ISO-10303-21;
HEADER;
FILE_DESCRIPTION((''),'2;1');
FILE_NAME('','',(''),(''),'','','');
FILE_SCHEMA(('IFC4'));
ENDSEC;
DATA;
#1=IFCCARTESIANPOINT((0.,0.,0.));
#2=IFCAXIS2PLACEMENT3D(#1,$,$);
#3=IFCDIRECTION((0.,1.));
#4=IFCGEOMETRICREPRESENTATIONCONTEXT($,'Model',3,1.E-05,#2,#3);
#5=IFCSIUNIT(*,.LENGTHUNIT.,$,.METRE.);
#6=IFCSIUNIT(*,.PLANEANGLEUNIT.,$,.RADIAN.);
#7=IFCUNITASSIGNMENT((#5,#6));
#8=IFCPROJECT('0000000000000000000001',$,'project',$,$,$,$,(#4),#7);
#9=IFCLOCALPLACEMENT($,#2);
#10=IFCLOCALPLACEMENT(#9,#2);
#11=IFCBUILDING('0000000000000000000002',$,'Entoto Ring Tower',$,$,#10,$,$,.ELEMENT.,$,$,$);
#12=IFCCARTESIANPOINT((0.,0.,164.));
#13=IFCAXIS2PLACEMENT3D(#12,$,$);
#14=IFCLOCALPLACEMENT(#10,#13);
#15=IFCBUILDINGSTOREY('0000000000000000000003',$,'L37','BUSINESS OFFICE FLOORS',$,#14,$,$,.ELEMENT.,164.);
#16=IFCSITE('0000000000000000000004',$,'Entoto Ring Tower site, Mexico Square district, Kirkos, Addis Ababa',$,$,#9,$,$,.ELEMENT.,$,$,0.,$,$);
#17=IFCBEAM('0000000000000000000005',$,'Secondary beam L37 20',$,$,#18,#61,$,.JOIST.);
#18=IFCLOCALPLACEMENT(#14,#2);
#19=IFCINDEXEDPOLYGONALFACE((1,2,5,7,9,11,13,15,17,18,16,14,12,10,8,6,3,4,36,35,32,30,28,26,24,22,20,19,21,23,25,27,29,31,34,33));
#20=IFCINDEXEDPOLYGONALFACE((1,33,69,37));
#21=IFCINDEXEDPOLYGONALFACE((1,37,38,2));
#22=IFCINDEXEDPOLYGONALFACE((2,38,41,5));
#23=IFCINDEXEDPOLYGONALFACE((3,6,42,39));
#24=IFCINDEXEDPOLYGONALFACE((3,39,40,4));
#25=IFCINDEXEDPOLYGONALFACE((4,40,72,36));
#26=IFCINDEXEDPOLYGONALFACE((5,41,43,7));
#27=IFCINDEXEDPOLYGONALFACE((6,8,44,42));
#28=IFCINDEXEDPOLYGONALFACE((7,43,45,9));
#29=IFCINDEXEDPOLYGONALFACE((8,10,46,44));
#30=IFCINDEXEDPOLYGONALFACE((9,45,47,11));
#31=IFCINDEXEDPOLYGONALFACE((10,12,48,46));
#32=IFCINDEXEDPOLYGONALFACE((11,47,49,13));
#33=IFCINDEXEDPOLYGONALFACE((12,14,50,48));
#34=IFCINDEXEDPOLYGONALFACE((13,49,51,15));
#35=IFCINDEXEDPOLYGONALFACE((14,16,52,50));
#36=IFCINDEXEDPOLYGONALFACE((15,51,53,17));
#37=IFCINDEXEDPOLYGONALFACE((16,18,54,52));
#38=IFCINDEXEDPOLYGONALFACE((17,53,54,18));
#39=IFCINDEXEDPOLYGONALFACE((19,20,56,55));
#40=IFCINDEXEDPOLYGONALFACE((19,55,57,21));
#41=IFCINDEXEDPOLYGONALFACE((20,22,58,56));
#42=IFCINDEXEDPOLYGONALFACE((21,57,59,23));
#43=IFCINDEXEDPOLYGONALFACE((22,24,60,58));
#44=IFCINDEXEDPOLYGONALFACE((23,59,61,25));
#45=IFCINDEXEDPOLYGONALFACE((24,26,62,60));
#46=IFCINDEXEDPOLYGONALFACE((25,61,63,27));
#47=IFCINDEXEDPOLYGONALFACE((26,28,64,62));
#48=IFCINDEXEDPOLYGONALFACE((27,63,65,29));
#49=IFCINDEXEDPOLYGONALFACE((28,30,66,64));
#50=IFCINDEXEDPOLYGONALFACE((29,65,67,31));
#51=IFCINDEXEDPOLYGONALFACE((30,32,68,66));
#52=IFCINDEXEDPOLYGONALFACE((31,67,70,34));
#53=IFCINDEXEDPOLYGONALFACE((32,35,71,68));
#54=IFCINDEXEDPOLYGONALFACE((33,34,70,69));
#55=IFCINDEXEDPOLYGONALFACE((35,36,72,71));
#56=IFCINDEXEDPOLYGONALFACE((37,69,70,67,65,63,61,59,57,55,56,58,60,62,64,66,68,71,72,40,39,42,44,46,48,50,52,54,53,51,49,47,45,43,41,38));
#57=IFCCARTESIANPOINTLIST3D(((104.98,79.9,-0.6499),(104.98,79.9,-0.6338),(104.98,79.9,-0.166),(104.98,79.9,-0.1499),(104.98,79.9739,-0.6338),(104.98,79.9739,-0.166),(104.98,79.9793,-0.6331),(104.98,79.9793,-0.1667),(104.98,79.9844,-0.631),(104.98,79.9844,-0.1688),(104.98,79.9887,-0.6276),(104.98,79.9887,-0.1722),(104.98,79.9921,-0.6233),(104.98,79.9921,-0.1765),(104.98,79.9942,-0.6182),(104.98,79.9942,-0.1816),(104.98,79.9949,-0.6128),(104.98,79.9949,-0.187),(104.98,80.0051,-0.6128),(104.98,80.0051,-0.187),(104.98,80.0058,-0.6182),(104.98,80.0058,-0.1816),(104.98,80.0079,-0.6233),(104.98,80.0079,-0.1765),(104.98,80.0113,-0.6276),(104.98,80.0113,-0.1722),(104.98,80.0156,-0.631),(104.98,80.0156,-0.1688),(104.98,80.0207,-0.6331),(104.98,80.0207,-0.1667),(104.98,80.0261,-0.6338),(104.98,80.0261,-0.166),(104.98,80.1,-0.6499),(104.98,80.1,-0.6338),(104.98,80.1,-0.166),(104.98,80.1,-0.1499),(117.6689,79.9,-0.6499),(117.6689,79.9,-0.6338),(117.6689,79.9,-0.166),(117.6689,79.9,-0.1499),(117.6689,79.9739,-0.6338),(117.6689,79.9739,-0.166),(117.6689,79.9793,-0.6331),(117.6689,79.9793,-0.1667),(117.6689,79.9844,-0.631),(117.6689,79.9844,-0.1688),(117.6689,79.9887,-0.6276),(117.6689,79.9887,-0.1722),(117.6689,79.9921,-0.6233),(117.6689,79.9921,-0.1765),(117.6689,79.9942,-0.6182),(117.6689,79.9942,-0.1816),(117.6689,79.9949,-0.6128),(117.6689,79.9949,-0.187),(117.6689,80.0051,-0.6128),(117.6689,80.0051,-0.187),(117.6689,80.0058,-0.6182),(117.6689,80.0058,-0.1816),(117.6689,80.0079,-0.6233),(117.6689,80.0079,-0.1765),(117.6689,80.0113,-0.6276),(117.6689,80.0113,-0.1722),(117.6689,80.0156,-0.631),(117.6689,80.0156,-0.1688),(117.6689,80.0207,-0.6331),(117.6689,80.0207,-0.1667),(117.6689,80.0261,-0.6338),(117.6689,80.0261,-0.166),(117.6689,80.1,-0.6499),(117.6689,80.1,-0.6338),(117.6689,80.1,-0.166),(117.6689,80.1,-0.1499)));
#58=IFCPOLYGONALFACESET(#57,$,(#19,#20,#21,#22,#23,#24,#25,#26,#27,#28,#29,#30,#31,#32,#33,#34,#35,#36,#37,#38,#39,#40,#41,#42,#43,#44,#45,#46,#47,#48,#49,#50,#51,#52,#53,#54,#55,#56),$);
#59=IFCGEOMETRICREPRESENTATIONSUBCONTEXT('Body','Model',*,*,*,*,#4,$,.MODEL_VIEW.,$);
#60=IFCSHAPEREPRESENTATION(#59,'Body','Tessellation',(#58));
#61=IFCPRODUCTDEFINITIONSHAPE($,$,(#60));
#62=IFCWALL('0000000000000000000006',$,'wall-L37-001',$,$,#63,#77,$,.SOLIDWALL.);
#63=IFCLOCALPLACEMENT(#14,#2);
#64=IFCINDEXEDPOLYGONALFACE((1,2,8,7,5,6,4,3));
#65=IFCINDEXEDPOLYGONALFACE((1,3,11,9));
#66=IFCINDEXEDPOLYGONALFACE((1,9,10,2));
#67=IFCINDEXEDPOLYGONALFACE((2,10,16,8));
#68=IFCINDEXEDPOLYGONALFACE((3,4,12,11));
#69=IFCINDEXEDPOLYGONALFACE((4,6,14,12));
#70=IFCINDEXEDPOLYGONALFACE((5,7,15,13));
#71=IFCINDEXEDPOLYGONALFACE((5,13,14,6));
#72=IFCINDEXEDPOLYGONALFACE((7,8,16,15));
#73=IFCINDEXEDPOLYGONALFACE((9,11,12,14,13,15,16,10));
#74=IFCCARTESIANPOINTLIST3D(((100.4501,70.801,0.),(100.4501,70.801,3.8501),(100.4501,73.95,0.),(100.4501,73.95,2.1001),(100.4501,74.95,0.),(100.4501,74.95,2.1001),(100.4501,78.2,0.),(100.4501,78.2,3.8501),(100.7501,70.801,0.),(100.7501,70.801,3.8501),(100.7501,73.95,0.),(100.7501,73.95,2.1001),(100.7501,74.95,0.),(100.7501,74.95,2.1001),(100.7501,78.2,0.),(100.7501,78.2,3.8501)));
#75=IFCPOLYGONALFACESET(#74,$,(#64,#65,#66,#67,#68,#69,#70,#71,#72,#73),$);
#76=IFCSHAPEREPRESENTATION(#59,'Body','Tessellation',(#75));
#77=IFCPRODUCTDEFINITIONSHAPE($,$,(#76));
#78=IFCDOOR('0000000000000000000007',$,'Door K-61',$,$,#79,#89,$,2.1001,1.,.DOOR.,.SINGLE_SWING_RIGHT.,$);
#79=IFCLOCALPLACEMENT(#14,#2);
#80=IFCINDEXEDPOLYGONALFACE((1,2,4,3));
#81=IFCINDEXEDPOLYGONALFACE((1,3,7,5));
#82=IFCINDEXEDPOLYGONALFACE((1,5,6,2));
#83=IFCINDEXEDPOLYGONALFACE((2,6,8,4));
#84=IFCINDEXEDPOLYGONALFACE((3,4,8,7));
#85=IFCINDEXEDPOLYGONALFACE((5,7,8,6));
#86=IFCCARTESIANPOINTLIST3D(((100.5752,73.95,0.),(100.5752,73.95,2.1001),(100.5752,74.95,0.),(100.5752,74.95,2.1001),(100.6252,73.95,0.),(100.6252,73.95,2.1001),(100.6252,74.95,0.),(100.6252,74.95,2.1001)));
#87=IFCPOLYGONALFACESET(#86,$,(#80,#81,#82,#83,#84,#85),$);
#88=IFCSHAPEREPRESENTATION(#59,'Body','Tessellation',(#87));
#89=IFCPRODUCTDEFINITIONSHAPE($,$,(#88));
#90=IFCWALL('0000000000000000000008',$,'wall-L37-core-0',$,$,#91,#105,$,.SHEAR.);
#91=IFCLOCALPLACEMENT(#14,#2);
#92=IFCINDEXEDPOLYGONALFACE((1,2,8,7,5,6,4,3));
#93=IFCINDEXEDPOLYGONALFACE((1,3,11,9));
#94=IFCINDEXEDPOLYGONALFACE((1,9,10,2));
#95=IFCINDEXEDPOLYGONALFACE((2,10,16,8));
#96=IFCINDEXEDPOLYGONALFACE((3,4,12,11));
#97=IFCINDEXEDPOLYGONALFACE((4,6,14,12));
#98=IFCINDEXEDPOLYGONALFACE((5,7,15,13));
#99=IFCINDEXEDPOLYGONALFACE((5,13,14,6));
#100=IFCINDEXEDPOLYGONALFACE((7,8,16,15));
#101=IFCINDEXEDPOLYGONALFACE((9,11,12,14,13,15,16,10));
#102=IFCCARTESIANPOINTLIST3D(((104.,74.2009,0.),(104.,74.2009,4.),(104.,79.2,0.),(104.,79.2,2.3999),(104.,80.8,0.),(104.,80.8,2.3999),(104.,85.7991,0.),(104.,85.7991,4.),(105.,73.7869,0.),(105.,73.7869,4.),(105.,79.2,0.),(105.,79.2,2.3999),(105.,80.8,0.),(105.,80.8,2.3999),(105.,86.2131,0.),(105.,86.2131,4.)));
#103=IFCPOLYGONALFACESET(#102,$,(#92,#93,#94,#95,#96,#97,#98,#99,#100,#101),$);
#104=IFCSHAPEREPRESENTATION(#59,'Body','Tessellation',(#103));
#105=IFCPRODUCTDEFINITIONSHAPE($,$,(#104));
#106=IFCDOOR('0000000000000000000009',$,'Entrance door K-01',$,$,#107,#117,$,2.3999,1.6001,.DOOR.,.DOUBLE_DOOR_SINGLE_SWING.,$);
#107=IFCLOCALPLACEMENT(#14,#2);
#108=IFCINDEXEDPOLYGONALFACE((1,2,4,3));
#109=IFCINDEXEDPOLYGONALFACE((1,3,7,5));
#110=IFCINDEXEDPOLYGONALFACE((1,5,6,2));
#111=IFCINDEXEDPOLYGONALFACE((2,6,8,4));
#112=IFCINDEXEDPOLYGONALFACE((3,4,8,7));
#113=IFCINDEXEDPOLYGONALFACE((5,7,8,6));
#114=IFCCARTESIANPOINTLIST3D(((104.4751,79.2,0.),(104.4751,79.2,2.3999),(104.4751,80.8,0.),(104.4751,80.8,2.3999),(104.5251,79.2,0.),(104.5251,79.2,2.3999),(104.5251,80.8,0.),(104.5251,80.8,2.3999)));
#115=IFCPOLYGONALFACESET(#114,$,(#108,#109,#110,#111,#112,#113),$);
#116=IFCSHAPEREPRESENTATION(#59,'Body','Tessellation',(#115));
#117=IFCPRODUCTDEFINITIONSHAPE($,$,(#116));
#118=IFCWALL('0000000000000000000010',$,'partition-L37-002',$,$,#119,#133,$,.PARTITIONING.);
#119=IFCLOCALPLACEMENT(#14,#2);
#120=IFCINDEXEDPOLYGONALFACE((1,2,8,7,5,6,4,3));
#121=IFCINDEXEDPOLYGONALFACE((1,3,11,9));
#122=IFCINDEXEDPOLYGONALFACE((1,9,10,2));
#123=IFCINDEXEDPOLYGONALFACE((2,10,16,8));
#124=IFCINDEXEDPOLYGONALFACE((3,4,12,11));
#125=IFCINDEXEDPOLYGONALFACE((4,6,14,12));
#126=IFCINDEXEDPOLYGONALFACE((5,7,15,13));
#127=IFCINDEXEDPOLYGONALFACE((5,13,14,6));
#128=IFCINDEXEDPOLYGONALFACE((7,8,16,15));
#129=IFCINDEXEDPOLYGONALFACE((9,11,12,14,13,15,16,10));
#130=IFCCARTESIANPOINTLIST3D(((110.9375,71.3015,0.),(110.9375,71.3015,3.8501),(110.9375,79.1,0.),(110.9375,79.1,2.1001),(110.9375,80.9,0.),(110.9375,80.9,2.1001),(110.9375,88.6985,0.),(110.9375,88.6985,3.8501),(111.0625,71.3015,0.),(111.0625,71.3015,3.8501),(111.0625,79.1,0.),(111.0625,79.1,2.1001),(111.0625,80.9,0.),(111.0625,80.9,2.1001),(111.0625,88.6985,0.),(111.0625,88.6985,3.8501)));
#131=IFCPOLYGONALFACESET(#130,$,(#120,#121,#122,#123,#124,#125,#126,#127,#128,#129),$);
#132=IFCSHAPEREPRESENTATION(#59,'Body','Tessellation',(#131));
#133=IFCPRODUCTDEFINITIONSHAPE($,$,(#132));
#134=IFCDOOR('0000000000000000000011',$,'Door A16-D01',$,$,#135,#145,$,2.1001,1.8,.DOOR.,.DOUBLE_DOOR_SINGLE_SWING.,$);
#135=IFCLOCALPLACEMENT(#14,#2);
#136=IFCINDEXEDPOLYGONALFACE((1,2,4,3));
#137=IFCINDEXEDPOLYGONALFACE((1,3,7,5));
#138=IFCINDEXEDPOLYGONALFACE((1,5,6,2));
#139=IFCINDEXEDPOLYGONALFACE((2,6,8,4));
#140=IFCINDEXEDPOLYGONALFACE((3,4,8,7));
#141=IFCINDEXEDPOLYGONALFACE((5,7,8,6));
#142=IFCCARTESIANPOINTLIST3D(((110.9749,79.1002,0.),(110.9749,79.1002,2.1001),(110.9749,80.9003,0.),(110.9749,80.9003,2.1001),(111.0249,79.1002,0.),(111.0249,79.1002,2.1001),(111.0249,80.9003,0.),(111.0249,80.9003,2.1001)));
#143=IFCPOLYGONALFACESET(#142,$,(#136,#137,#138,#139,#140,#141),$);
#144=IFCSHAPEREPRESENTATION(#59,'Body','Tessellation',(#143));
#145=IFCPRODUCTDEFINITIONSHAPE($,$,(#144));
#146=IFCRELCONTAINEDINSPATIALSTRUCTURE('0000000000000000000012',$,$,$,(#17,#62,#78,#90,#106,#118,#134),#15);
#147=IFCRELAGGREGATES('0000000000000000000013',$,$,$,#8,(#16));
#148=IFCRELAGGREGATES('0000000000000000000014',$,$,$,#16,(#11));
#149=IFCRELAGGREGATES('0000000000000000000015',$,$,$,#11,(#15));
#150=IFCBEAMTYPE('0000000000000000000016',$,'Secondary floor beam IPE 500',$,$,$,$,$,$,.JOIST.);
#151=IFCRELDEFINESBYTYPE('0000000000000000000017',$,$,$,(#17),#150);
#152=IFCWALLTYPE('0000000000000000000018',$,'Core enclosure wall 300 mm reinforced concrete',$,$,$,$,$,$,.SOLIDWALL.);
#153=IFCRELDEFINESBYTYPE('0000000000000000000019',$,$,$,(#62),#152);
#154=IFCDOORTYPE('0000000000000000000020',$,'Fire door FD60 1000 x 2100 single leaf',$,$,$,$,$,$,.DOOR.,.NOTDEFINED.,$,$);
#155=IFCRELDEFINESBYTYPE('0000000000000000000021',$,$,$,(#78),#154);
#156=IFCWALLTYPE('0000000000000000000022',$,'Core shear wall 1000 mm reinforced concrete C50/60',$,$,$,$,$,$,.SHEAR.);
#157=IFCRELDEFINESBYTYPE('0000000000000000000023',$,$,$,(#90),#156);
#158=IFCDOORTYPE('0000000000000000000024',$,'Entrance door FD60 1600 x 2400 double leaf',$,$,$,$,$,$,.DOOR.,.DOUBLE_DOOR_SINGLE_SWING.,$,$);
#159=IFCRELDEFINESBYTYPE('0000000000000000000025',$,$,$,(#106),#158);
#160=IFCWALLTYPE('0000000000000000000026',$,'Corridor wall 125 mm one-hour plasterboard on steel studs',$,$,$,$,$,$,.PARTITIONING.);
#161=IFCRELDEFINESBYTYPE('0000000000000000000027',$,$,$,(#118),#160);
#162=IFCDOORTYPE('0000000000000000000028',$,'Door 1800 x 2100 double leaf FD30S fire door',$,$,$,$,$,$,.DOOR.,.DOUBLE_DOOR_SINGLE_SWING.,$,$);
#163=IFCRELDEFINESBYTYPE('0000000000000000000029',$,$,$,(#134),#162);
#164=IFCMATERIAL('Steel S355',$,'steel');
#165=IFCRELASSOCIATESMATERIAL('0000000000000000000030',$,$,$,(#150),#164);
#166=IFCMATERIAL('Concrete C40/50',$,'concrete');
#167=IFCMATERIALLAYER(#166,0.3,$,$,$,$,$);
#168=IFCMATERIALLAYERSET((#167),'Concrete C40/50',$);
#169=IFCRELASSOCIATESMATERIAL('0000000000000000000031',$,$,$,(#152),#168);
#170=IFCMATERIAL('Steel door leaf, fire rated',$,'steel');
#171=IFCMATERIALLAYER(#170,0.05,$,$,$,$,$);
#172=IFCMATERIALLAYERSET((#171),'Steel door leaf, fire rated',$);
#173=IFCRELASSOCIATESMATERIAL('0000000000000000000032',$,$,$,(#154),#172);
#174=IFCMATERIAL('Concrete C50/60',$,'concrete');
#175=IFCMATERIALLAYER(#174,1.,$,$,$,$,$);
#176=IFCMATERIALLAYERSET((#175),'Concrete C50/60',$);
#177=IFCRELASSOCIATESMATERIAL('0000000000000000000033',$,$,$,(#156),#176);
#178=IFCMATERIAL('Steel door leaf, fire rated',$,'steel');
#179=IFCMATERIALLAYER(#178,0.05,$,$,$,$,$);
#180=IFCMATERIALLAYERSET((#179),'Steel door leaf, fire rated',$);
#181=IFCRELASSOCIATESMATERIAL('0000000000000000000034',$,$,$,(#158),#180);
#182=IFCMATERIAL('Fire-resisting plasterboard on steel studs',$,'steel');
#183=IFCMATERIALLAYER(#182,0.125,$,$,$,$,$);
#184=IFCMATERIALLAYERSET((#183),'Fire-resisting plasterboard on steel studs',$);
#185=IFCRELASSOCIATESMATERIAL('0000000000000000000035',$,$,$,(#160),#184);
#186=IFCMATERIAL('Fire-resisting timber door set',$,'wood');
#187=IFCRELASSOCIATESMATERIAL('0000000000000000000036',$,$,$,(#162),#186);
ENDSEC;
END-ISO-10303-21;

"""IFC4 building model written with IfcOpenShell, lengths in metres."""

from ifc_helpers import new_model, si_unit, direction, frame, frame_2d, origin, origin_2d, place, context, subcontext, project, spatial, polyline, rectangle, i_section, outline, extrude, material, layer, layer_set, material_profile, profile_set, type_object, element, fill, save


model = new_model("IFC4")

# Units and contexts
model_context = context("Model", 3, precision=1e-05, world=origin(), true_north=direction((0.0, 1.0)))
body_context = subcontext(model_context, "Body", "Model", "MODEL_VIEW")
ifc_project = project(units=[si_unit("LENGTHUNIT", "METRE"), si_unit("PLANEANGLEUNIT", "RADIAN")], contexts=[model_context])

# Site, building, storey
site_placement = place(None, origin())
site = spatial("IfcSite", under=ifc_project, at=site_placement, Name="Entoto Ring Tower site, Mexico Square district, Kirkos, Addis Ababa", CompositionType="ELEMENT", RefElevation=0.0)
building_placement = place(site_placement, origin())
building = spatial("IfcBuilding", under=site, at=building_placement, Name="Entoto Ring Tower", CompositionType="ELEMENT")
storey_placement = place(building_placement, frame((0.0, 0.0, 164.0)))
storey = spatial("IfcBuildingStorey", under=building, at=storey_placement, Name="L37", Description="BUSINESS OFFICE FLOORS", CompositionType="ELEMENT", Elevation=164.0)

# Beam
ifc_material_1 = material(Name="Steel S355", Category="steel")
ifc_material_profile_1 = material_profile(ifc_material_1, i_section(OverallWidth=0.2, OverallDepth=0.5, WebThickness=0.0103, FlangeThickness=0.0161, FilletRadius=0.021, at=origin_2d()), Name="IPE 500")
ifc_profile_set_1 = profile_set([ifc_material_profile_1], Name="Steel S355")
beam_type_1 = type_object("IfcBeamType", Name="Secondary floor beam IPE 500", PredefinedType="JOIST", material=ifc_profile_set_1)
beam_1_placement = place(storey_placement, frame((104.98, 80.0, -0.3999), z_axis=(1.0, 0.0, 0.0), x_axis=(0.0, 1.0, 0.0)))
element("IfcBeam", 1, at=beam_1_placement, inside=storey, type_object=beam_type_1, Name="Secondary beam L37 20", PredefinedType="JOIST", context=body_context, shape_type="SweptSolid", body=[
    extrude(i_section(OverallWidth=0.2, OverallDepth=0.5, WebThickness=0.0103, FlangeThickness=0.0161, FilletRadius=0.021, at=origin_2d()), origin(), (0.0, 0.0, 1.0), 12.689),
])

# Walls, openings, doors
ifc_material_2 = material(Name="Concrete C40/50", Category="concrete")
ifc_layer_1 = layer(ifc_material_2, 0.3)
ifc_layer_set_1 = layer_set([ifc_layer_1], Name="Concrete C40/50")
wall_type_1 = type_object("IfcWallType", Name="Core enclosure wall 300 mm reinforced concrete", PredefinedType="SOLIDWALL", material=ifc_layer_set_1)
wall_1_placement = place(storey_placement, frame((100.6001, 70.801, 0.0), z_axis=(0.0, 0.0, 1.0), x_axis=(0.0, 1.0, 0.0)))
wall_1 = element("IfcWall", 2, at=wall_1_placement, inside=storey, type_object=wall_type_1, Name="wall-L37-001", PredefinedType="SOLIDWALL", context=body_context, shape_type="SweptSolid", body=[
    extrude(rectangle(XDim=7.3989, YDim=0.3, at=frame_2d((3.6995, 0.0))), origin(), (0.0, 0.0, 1.0), 3.8501),
])
opening_1_placement = place(wall_1_placement, frame((3.1489, 0.0, 0.0)))
opening_1 = element("IfcOpeningElement", 3, at=opening_1_placement, cuts=wall_1, PredefinedType="OPENING", context=body_context, shape_type="SweptSolid", body=[
    extrude(rectangle(XDim=1.0, YDim=2.1001, at=frame_2d((0.5, 1.05))), frame((0.0, 0.1602, 0.0), z_axis=(0.0, -1.0, 0.0), x_axis=(1.0, 0.0, 0.0)), (0.0, 0.0, 1.0), 0.3201),
])
ifc_material_3 = material(Name="Steel door leaf, fire rated", Category="steel")
ifc_layer_2 = layer(ifc_material_3, 0.05)
ifc_layer_set_2 = layer_set([ifc_layer_2], Name="Steel door leaf, fire rated")
door_type_1 = type_object("IfcDoorType", Name="Fire door FD60 1000 x 2100 single leaf", OperationType="NOTDEFINED", PredefinedType="DOOR", material=ifc_layer_set_2)
door_1_placement = place(opening_1_placement, origin())
door_1 = element("IfcDoor", 4, at=door_1_placement, inside=storey, type_object=door_type_1, Name="Door K-61", OperationType="SINGLE_SWING_RIGHT", OverallHeight=2.1001, OverallWidth=1.0, PredefinedType="DOOR", context=body_context, shape_type="SweptSolid", body=[
    extrude(rectangle(XDim=1.0, YDim=2.1001, at=frame_2d((0.5, 1.05))), frame((0.0, 0.0249, 0.0), z_axis=(0.0, -1.0, 0.0), x_axis=(1.0, 0.0, 0.0)), (0.0, 0.0, 1.0), 0.05),
])
fill(opening_1, door_1)
ifc_material_4 = material(Name="Concrete C50/60", Category="concrete")
ifc_layer_3 = layer(ifc_material_4, 1.0)
ifc_layer_set_3 = layer_set([ifc_layer_3], Name="Concrete C50/60")
wall_type_2 = type_object("IfcWallType", Name="Core shear wall 1000 mm reinforced concrete C50/60", PredefinedType="SHEAR", material=ifc_layer_set_3)
wall_2_placement = place(storey_placement, frame((104.5, 73.9939, 0.0), z_axis=(0.0, 0.0, 1.0), x_axis=(0.0, 1.0, 0.0)))
wall_2 = element("IfcWall", 5, at=wall_2_placement, inside=storey, type_object=wall_type_2, Name="wall-L37-core-0", PredefinedType="SHEAR", context=body_context, shape_type="SweptSolid", body=[
    extrude(outline(polyline([(-0.207, -0.5), (12.2192, -0.5), (11.8052, 0.5), (0.207, 0.5), (-0.207, -0.5)])), origin(), (0.0, 0.0, 1.0), 4.0),
])
opening_2_placement = place(wall_2_placement, frame((5.2061, 0.0, 0.0)))
opening_2 = element("IfcOpeningElement", 6, at=opening_2_placement, cuts=wall_2, PredefinedType="OPENING", context=body_context, shape_type="SweptSolid", body=[
    extrude(rectangle(XDim=1.6001, YDim=2.3999, at=frame_2d((0.8, 1.2))), frame((0.0, 0.51, 0.0), z_axis=(0.0, -1.0, 0.0), x_axis=(1.0, 0.0, 0.0)), (0.0, 0.0, 1.0), 1.02),
])
ifc_material_5 = material(Name="Steel door leaf, fire rated", Category="steel")
ifc_layer_4 = layer(ifc_material_5, 0.05)
ifc_layer_set_4 = layer_set([ifc_layer_4], Name="Steel door leaf, fire rated")
door_type_2 = type_object("IfcDoorType", Name="Entrance door FD60 1600 x 2400 double leaf", OperationType="DOUBLE_DOOR_SINGLE_SWING", PredefinedType="DOOR", material=ifc_layer_set_4)
door_2_placement = place(opening_2_placement, origin())
door_2 = element("IfcDoor", 7, at=door_2_placement, inside=storey, type_object=door_type_2, Name="Entrance door K-01", OperationType="DOUBLE_DOOR_SINGLE_SWING", OverallHeight=2.3999, OverallWidth=1.6001, PredefinedType="DOOR", context=body_context, shape_type="SweptSolid", body=[
    extrude(rectangle(XDim=1.6001, YDim=2.3999, at=frame_2d((0.8, 1.2))), frame((0.0, 0.0249, 0.0), z_axis=(0.0, -1.0, 0.0), x_axis=(1.0, 0.0, 0.0)), (0.0, 0.0, 1.0), 0.05),
])
fill(opening_2, door_2)
ifc_material_6 = material(Name="Fire-resisting plasterboard on steel studs", Category="steel")
ifc_layer_5 = layer(ifc_material_6, 0.125)
ifc_layer_set_5 = layer_set([ifc_layer_5], Name="Fire-resisting plasterboard on steel studs")
wall_type_3 = type_object("IfcWallType", Name="Corridor wall 125 mm one-hour plasterboard on steel studs", PredefinedType="PARTITIONING", material=ifc_layer_set_5)
wall_3_placement = place(storey_placement, frame((111.0, 71.3015, 0.0), z_axis=(0.0, 0.0, 1.0), x_axis=(0.0, 1.0, 0.0)))
wall_3 = element("IfcWall", 8, at=wall_3_placement, inside=storey, type_object=wall_type_3, Name="partition-L37-002", PredefinedType="PARTITIONING", context=body_context, shape_type="SweptSolid", body=[
    extrude(rectangle(XDim=17.397, YDim=0.125, at=frame_2d((8.6985, 0.0))), origin(), (0.0, 0.0, 1.0), 3.8501),
])
opening_3_placement = place(wall_3_placement, frame((7.7986, 0.0, 0.0)))
opening_3 = element("IfcOpeningElement", 9, at=opening_3_placement, cuts=wall_3, PredefinedType="OPENING", context=body_context, shape_type="SweptSolid", body=[
    extrude(rectangle(XDim=1.8, YDim=2.1001, at=frame_2d((0.8999, 1.05))), frame((0.0, 0.0725, 0.0), z_axis=(0.0, -1.0, 0.0), x_axis=(1.0, 0.0, 0.0)), (0.0, 0.0, 1.0), 0.145),
])
ifc_material_7 = material(Name="Fire-resisting timber door set", Category="wood")
door_type_3 = type_object("IfcDoorType", Name="Door 1800 x 2100 double leaf FD30S fire door", OperationType="DOUBLE_DOOR_SINGLE_SWING", PredefinedType="DOOR", material=ifc_material_7)
door_3_placement = place(opening_3_placement, frame((1.8, 0.0, 0.0), z_axis=(0.0, 0.0, 1.0), x_axis=(-1.0, 0.0, 0.0)))
door_3 = element("IfcDoor", 10, at=door_3_placement, inside=storey, type_object=door_type_3, Name="Door A16-D01", OperationType="DOUBLE_DOOR_SINGLE_SWING", OverallHeight=2.1001, OverallWidth=1.8, PredefinedType="DOOR", context=body_context, shape_type="SweptSolid", body=[
    extrude(rectangle(XDim=1.8, YDim=2.1001, at=frame_2d((0.8999, 1.05))), frame((0.0, 0.0249, 0.0), z_axis=(0.0, -1.0, 0.0), x_axis=(1.0, 0.0, 0.0)), (0.0, 0.0, 1.0), 0.05),
])
fill(opening_3, door_3)

save(model, "model.ifc")
